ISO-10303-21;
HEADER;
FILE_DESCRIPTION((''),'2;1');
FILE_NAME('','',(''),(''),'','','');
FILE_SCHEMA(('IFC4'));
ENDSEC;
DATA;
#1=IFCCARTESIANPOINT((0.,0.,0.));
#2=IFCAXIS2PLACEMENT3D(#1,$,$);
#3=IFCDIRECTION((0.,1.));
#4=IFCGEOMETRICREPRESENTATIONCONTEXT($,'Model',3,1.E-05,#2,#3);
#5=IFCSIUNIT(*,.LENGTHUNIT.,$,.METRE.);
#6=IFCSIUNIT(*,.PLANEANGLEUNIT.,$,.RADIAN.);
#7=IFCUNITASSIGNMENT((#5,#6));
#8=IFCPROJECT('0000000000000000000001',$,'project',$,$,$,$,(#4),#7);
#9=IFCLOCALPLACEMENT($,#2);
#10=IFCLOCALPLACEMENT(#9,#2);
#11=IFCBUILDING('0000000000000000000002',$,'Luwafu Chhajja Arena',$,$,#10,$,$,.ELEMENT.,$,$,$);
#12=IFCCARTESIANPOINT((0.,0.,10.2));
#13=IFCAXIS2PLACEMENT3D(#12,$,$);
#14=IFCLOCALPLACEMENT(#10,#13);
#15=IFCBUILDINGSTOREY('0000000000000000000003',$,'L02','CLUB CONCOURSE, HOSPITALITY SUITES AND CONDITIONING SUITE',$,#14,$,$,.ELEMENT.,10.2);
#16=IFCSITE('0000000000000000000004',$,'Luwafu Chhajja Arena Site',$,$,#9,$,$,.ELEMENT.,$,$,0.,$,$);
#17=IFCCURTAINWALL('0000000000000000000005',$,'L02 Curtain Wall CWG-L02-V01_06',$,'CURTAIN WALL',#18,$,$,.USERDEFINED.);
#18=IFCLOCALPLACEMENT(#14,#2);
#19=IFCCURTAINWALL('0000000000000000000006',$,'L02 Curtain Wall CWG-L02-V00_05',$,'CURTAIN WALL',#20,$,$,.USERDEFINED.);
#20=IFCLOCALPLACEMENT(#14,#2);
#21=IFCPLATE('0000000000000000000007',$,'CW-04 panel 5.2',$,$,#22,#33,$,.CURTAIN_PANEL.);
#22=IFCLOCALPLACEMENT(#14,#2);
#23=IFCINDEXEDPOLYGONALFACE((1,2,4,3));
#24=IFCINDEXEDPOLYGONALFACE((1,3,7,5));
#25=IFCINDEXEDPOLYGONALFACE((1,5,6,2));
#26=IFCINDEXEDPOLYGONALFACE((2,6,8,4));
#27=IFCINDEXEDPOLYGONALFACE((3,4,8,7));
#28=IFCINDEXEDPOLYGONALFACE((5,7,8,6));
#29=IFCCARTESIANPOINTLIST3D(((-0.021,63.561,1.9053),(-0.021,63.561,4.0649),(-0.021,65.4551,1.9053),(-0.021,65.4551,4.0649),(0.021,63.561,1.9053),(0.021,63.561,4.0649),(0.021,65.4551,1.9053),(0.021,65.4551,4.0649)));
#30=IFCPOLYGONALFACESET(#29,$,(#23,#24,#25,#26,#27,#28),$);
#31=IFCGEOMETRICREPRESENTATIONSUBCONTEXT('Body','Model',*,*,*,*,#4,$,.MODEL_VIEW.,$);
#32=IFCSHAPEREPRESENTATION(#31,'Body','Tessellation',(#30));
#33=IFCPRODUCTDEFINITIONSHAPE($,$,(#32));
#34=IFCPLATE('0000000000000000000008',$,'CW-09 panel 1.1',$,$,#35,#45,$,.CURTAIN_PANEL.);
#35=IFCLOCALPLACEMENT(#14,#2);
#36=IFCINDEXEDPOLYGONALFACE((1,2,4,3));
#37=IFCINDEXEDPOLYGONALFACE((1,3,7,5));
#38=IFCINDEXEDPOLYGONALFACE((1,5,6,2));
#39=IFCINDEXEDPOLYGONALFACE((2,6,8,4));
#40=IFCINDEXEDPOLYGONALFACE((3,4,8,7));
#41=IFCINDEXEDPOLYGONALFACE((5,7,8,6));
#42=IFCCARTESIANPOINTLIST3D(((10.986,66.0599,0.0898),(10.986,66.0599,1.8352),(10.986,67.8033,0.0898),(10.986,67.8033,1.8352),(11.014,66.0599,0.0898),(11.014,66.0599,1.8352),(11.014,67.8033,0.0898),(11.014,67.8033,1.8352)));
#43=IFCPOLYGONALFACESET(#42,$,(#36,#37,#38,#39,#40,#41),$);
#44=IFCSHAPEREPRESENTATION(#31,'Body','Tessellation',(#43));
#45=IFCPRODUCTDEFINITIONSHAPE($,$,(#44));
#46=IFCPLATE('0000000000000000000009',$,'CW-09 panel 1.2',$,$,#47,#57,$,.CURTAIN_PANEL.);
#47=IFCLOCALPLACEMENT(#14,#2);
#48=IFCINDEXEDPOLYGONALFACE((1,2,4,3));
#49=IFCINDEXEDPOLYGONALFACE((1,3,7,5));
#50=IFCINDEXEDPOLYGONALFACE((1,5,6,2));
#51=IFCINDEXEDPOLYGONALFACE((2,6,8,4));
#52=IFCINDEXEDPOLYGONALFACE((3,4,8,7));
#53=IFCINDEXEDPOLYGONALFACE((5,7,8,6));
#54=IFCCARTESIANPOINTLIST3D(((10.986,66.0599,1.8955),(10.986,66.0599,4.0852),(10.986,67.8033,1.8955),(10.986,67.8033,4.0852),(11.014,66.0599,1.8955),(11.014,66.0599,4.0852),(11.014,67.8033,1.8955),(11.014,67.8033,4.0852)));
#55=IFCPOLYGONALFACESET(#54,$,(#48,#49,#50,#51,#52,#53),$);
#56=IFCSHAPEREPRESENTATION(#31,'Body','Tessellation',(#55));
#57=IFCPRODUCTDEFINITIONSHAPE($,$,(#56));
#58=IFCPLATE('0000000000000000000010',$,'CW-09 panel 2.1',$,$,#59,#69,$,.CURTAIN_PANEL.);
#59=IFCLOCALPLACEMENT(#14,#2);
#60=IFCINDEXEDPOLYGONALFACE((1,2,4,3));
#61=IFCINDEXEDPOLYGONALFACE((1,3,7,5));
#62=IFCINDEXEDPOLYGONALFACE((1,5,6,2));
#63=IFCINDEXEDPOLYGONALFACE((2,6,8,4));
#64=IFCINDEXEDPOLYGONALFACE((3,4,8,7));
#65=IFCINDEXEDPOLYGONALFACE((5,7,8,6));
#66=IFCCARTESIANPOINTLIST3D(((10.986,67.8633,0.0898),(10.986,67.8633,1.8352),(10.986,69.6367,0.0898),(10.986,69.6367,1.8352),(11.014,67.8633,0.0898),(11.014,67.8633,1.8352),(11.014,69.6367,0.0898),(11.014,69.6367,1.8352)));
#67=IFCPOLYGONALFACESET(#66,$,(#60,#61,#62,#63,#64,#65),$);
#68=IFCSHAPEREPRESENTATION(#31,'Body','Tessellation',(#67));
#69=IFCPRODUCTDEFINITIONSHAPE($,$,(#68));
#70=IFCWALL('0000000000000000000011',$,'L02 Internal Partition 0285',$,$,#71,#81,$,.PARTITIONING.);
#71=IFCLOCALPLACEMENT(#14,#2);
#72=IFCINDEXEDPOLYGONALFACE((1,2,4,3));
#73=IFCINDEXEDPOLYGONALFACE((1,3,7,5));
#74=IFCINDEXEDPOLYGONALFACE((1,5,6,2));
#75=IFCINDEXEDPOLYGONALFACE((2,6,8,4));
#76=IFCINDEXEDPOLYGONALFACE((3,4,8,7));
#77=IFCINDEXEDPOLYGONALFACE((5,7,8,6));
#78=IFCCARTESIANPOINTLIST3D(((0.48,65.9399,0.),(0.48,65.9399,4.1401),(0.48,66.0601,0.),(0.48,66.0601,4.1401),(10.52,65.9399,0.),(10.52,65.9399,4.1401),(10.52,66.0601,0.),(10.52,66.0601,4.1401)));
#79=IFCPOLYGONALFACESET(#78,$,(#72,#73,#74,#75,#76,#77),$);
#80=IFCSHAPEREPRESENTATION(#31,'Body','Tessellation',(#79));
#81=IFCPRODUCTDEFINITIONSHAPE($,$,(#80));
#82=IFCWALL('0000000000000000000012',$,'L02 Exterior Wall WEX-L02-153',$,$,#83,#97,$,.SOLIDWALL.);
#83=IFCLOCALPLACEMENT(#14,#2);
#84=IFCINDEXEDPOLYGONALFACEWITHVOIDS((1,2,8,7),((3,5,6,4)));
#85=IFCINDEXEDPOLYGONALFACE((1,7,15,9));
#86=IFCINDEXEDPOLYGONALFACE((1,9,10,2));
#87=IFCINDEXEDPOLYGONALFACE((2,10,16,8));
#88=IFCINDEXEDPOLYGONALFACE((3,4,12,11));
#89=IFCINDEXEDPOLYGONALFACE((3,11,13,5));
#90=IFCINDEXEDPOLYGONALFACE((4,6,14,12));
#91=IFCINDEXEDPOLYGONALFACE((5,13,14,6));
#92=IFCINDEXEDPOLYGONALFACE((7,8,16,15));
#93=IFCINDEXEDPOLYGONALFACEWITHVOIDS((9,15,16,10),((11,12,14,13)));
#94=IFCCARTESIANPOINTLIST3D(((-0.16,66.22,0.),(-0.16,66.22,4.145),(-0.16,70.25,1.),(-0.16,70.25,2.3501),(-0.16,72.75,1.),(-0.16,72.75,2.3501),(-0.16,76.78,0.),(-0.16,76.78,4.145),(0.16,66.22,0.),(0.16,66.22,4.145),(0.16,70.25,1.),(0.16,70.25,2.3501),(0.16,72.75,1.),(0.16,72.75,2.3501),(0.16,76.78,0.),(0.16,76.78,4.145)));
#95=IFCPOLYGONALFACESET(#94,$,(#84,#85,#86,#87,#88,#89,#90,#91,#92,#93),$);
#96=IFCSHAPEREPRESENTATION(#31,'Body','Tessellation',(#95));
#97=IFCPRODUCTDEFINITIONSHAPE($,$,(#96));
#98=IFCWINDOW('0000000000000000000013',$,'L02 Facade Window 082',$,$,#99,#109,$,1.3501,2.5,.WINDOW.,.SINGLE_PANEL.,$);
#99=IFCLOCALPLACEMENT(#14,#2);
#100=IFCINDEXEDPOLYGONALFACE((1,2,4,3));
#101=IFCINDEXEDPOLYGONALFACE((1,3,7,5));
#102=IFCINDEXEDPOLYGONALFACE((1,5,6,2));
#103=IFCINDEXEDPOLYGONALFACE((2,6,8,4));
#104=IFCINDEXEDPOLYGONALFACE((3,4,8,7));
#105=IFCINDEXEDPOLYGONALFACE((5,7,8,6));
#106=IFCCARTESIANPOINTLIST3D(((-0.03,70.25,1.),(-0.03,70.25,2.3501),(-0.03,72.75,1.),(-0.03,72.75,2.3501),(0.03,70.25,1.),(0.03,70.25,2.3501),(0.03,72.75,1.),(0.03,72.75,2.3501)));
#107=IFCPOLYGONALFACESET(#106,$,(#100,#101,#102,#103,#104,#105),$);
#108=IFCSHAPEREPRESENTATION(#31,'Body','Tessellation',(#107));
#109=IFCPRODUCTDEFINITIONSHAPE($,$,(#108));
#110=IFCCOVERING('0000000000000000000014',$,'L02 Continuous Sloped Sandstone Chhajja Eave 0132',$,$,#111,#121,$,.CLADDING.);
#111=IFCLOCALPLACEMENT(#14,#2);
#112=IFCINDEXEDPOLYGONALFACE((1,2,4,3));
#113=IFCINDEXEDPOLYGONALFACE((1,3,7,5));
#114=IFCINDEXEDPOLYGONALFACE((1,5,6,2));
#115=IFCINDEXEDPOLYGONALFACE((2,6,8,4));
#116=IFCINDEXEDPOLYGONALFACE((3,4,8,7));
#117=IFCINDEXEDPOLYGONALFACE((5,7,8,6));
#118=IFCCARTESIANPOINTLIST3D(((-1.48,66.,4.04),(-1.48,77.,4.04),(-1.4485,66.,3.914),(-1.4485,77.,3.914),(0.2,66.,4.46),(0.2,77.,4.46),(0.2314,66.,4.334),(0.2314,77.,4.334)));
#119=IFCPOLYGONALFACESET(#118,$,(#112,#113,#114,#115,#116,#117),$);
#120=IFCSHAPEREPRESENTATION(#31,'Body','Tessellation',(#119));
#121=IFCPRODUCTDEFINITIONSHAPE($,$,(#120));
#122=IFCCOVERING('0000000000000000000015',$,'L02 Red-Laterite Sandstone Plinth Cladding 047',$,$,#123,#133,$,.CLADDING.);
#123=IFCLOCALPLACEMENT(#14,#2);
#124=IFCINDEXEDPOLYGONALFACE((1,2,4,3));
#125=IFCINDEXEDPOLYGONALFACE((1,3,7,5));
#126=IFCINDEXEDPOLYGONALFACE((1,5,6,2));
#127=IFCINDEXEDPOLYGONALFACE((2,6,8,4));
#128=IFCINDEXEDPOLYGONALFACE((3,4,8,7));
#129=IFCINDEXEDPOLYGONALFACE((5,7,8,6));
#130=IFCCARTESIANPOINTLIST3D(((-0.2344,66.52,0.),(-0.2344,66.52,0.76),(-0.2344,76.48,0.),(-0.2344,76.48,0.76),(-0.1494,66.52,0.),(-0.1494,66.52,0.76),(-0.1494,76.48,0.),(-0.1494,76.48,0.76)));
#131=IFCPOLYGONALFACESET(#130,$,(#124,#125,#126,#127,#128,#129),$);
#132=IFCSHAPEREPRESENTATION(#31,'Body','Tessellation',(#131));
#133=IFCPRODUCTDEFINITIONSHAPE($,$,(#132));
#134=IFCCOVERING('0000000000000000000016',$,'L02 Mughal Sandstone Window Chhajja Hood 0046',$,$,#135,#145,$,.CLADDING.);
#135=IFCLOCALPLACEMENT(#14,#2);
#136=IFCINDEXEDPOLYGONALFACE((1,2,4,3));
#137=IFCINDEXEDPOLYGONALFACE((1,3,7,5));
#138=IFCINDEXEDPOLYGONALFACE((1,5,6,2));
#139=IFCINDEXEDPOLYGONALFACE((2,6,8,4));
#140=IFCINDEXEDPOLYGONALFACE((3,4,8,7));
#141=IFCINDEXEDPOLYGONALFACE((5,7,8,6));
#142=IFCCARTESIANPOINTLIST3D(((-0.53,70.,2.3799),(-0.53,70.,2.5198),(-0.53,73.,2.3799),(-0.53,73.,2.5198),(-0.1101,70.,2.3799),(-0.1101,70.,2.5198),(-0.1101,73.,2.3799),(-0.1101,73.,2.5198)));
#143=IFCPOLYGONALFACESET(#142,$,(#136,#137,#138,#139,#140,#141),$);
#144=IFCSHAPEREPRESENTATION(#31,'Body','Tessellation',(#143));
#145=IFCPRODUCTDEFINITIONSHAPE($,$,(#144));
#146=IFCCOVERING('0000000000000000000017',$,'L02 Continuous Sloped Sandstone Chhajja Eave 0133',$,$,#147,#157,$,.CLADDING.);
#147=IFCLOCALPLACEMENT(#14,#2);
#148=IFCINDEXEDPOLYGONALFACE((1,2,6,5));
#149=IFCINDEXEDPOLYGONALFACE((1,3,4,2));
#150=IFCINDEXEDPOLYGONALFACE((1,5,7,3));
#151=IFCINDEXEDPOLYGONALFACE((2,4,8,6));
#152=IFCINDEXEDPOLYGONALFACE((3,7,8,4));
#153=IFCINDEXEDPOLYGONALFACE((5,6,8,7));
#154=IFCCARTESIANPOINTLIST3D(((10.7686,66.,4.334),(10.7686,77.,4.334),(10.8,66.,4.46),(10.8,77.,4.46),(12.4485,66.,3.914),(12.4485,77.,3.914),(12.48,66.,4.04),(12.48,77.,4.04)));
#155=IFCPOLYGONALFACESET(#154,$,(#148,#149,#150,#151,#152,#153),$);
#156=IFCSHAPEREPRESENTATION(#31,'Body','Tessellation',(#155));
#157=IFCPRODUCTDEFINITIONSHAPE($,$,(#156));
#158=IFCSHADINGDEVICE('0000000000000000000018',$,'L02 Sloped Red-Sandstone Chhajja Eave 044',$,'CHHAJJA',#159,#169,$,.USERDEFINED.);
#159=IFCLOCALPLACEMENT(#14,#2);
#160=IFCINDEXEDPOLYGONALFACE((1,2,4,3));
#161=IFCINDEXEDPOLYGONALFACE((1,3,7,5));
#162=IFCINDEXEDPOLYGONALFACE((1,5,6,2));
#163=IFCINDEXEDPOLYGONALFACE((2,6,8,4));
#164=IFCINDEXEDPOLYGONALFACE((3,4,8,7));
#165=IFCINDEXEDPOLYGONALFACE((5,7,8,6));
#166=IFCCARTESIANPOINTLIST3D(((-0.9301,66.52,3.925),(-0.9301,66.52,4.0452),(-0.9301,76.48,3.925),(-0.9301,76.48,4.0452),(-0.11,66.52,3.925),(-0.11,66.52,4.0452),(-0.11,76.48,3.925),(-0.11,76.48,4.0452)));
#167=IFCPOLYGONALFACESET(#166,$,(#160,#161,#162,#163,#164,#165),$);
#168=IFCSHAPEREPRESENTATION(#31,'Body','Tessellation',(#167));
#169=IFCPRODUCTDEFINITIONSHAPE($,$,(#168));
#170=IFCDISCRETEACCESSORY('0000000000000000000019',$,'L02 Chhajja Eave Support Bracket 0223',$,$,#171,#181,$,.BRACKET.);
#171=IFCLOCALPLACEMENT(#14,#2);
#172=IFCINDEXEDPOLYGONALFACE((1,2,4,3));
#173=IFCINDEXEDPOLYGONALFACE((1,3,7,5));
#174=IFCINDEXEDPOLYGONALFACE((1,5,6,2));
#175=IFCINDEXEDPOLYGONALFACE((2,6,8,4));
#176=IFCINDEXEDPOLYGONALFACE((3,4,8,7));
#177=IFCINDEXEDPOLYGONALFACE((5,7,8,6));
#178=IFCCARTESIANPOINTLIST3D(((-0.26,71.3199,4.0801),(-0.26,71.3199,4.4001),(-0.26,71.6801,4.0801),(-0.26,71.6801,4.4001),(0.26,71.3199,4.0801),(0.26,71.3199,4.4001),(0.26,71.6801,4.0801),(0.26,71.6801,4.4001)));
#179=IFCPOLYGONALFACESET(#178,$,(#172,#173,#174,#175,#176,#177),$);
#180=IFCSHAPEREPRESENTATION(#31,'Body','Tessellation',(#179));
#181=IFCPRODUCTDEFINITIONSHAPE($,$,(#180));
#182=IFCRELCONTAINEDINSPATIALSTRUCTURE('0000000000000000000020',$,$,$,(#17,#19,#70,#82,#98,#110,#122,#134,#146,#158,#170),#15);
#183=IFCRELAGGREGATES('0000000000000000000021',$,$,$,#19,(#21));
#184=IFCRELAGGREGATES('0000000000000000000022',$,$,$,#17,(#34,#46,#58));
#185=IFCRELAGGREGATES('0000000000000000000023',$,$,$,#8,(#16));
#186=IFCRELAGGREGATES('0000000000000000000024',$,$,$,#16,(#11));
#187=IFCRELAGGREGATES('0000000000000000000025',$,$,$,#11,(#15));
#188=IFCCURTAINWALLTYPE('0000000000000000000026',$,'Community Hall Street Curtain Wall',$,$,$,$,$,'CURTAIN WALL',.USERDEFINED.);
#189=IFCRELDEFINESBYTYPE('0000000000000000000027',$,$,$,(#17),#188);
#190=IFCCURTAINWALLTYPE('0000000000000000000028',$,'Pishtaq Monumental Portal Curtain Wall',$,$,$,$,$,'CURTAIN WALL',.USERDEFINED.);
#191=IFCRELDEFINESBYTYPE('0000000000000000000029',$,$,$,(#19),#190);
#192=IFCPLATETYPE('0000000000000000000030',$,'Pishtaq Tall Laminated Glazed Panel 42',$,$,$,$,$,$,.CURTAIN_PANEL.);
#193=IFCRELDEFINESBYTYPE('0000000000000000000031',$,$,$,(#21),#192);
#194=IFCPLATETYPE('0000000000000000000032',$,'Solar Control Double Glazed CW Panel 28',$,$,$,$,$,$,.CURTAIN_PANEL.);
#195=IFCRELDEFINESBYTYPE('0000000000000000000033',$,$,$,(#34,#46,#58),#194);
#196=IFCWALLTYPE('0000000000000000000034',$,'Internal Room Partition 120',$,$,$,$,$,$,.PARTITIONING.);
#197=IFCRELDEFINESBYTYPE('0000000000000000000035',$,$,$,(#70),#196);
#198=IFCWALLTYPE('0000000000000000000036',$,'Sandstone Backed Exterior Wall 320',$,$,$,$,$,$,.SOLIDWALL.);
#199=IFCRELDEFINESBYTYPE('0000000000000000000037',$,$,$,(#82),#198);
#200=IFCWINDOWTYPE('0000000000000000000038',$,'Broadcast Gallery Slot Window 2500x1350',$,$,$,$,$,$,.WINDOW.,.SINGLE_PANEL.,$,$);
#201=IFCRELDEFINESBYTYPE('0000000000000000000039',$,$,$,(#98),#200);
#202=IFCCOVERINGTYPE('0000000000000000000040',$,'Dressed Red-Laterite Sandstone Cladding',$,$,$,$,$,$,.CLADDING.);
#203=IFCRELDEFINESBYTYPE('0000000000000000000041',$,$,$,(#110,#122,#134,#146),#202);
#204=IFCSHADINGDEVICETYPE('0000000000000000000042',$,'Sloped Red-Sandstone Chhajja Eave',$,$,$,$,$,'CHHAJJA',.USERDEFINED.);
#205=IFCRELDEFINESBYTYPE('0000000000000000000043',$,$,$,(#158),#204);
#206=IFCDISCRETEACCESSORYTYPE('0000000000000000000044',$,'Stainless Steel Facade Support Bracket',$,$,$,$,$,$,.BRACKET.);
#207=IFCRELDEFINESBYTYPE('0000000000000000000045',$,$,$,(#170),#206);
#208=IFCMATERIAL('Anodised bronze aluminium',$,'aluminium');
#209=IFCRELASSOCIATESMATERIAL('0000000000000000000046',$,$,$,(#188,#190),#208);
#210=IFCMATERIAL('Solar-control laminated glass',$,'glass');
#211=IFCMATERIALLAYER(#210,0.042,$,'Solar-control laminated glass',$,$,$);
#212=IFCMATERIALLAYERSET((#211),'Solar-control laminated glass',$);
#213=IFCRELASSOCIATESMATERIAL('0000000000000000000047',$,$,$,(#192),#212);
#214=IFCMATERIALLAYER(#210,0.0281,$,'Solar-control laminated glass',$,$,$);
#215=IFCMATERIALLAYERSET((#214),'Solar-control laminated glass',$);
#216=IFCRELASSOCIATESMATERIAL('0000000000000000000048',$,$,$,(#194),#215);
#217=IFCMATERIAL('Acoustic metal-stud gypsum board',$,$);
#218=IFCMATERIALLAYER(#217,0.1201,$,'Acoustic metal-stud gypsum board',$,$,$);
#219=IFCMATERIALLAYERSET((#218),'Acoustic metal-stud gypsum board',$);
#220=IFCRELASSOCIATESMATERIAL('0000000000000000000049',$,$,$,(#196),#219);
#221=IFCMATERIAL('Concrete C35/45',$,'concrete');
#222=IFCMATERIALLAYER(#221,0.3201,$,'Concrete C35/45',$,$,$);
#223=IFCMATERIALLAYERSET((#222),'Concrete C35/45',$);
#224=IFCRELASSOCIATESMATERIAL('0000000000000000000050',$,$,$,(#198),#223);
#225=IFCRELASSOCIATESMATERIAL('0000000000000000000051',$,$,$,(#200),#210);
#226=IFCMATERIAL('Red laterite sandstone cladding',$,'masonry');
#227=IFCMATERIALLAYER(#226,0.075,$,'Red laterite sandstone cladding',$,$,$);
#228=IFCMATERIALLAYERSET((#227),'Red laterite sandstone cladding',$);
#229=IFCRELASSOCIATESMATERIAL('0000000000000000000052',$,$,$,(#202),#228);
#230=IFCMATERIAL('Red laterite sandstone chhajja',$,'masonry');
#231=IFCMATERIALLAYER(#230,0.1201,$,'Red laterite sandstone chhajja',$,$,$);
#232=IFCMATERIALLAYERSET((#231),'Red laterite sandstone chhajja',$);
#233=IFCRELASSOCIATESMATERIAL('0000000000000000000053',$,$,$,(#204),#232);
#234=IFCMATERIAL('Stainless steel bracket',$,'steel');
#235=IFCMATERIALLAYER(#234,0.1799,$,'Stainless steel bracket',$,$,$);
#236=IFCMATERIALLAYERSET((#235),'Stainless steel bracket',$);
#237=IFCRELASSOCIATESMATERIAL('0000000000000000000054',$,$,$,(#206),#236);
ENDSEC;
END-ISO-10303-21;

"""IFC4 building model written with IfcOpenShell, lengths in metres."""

from ifc_helpers import new_model, si_unit, direction, frame, frame_2d, origin, origin_2d, place, context, subcontext, project, spatial, polyline, rectangle, outline, extrude, material, layer, layer_set, type_object, element, fill, aggregate, save


model = new_model("IFC4")

# Units and contexts
model_context = context("Model", 3, precision=1e-05, world=origin(), true_north=direction((0.0, 1.0)))
body_context = subcontext(model_context, "Body", "Model", "MODEL_VIEW")
ifc_project = project(units=[si_unit("LENGTHUNIT", "METRE"), si_unit("PLANEANGLEUNIT", "RADIAN")], contexts=[model_context])

# Site, building, storey
site_placement = place(None, origin())
site = spatial("IfcSite", under=ifc_project, at=site_placement, Name="Luwafu Chhajja Arena Site", CompositionType="ELEMENT", RefElevation=0.0)
building_placement = place(site_placement, origin())
building = spatial("IfcBuilding", under=site, at=building_placement, Name="Luwafu Chhajja Arena", CompositionType="ELEMENT")
storey_placement = place(building_placement, frame((0.0, 0.0, 10.2)))
storey = spatial("IfcBuildingStorey", under=building, at=storey_placement, Name="L02", Description="CLUB CONCOURSE, HOSPITALITY SUITES AND CONDITIONING SUITE", CompositionType="ELEMENT", Elevation=10.2)

# Shared definitions
ifc_material_1 = material(Name="Concrete C35/45", Category="concrete")

# Curtain walls
ifc_material_2 = material(Name="Anodised bronze aluminium", Category="aluminium")
curtain_wall_type_1 = type_object("IfcCurtainWallType", Name="Community Hall Street Curtain Wall", ElementType="CURTAIN WALL", PredefinedType="USERDEFINED", material=ifc_material_2)
curtain_wall_1_placement = place(storey_placement, origin())
curtain_wall_1 = element("IfcCurtainWall", 1, at=curtain_wall_1_placement, inside=storey, type_object=curtain_wall_type_1, Name="L02 Curtain Wall CWG-L02-V01_06", ObjectType="CURTAIN WALL", PredefinedType="USERDEFINED")
curtain_wall_type_2 = type_object("IfcCurtainWallType", Name="Pishtaq Monumental Portal Curtain Wall", ElementType="CURTAIN WALL", PredefinedType="USERDEFINED", material=ifc_material_2)
curtain_wall_2_placement = place(storey_placement, origin())
curtain_wall_2 = element("IfcCurtainWall", 2, at=curtain_wall_2_placement, inside=storey, type_object=curtain_wall_type_2, Name="L02 Curtain Wall CWG-L02-V00_05", ObjectType="CURTAIN WALL", PredefinedType="USERDEFINED")

# Plates
ifc_material_3 = material(Name="Solar-control laminated glass", Category="glass")
ifc_layer_1 = layer(ifc_material_3, 0.042, Name="Solar-control laminated glass")
ifc_layer_set_1 = layer_set([ifc_layer_1], Name="Solar-control laminated glass")
plate_type_1 = type_object("IfcPlateType", Name="Pishtaq Tall Laminated Glazed Panel 42", PredefinedType="CURTAIN_PANEL", material=ifc_layer_set_1)
plate_1_placement = place(storey_placement, frame((0.0, 64.5081, 1.9053), z_axis=(0.0, 0.0, 1.0), x_axis=(0.0, 1.0, 0.0)))
plate_1 = element("IfcPlate", 3, at=plate_1_placement, type_object=plate_type_1, Name="CW-04 panel 5.2", PredefinedType="CURTAIN_PANEL", context=body_context, shape_type="SweptSolid", body=[
    extrude(rectangle(XDim=1.894, YDim=0.042, at=origin_2d()), origin(), (0.0, 0.0, 1.0), 2.1597),
])
aggregate(curtain_wall_2, [plate_1])
ifc_layer_2 = layer(ifc_material_3, 0.0281, Name="Solar-control laminated glass")
ifc_layer_set_2 = layer_set([ifc_layer_2], Name="Solar-control laminated glass")
plate_type_2 = type_object("IfcPlateType", Name="Solar Control Double Glazed CW Panel 28", PredefinedType="CURTAIN_PANEL", material=ifc_layer_set_2)
plate_2_placement = place(storey_placement, frame((11.0, 66.9316, 0.0898), z_axis=(0.0, 0.0, 1.0), x_axis=(0.0, 1.0, 0.0)))
plate_2 = element("IfcPlate", 4, at=plate_2_placement, type_object=plate_type_2, Name="CW-09 panel 1.1", PredefinedType="CURTAIN_PANEL", context=body_context, shape_type="SweptSolid", body=[
    extrude(rectangle(XDim=1.7434, YDim=0.0281, at=origin_2d()), origin(), (0.0, 0.0, 1.0), 1.7454),
])
plate_3_placement = place(storey_placement, frame((11.0, 66.9316, 1.8955), z_axis=(0.0, 0.0, 1.0), x_axis=(0.0, 1.0, 0.0)))
plate_3 = element("IfcPlate", 5, at=plate_3_placement, type_object=plate_type_2, Name="CW-09 panel 1.2", PredefinedType="CURTAIN_PANEL", context=body_context, shape_type="SweptSolid", body=[
    extrude(rectangle(XDim=1.7434, YDim=0.0281, at=origin_2d()), origin(), (0.0, 0.0, 1.0), 2.1897),
])
plate_4_placement = place(storey_placement, frame((11.0, 68.75, 0.0898), z_axis=(0.0, 0.0, 1.0), x_axis=(0.0, 1.0, 0.0)))
plate_4 = element("IfcPlate", 6, at=plate_4_placement, type_object=plate_type_2, Name="CW-09 panel 2.1", PredefinedType="CURTAIN_PANEL", context=body_context, shape_type="SweptSolid", body=[
    extrude(rectangle(XDim=1.7734, YDim=0.0281, at=origin_2d()), origin(), (0.0, 0.0, 1.0), 1.7454),
])
aggregate(curtain_wall_1, [plate_2, plate_3, plate_4])

# Wall
ifc_material_4 = material(Name="Acoustic metal-stud gypsum board")
ifc_layer_3 = layer(ifc_material_4, 0.1201, Name="Acoustic metal-stud gypsum board")
ifc_layer_set_3 = layer_set([ifc_layer_3], Name="Acoustic metal-stud gypsum board")
wall_type_1 = type_object("IfcWallType", Name="Internal Room Partition 120", PredefinedType="PARTITIONING", material=ifc_layer_set_3)
wall_1_placement = place(storey_placement, frame((0.48, 66.0, 0.0), z_axis=(0.0, 0.0, 1.0), x_axis=(1.0, 0.0, 0.0)))
element("IfcWall", 7, at=wall_1_placement, inside=storey, type_object=wall_type_1, Name="L02 Internal Partition 0285", PredefinedType="PARTITIONING", context=body_context, shape_type="SweptSolid", body=[
    extrude(rectangle(XDim=10.04, YDim=0.1201, at=frame_2d((5.02, 0.0))), origin(), (0.0, 0.0, 1.0), 4.1401),
])

# Wall, opening, window
ifc_layer_4 = layer(ifc_material_1, 0.3201, Name="Concrete C35/45")
ifc_layer_set_4 = layer_set([ifc_layer_4], Name="Concrete C35/45")
wall_type_2 = type_object("IfcWallType", Name="Sandstone Backed Exterior Wall 320", PredefinedType="SOLIDWALL", material=ifc_layer_set_4)
wall_2_placement = place(storey_placement, frame((0.0, 66.22, 0.0), z_axis=(0.0, 0.0, 1.0), x_axis=(0.0, 1.0, 0.0)))
wall_2 = element("IfcWall", 8, at=wall_2_placement, inside=storey, type_object=wall_type_2, Name="L02 Exterior Wall WEX-L02-153", PredefinedType="SOLIDWALL", context=body_context, shape_type="SweptSolid", body=[
    extrude(rectangle(XDim=10.5601, YDim=0.3201, at=frame_2d((5.28, 0.0))), origin(), (0.0, 0.0, 1.0), 4.145),
])
opening_placement = place(wall_2_placement, frame((4.03, 0.0, 1.0)))
opening = element("IfcOpeningElement", 9, at=opening_placement, cuts=wall_2, PredefinedType="OPENING", context=body_context, shape_type="SweptSolid", body=[
    extrude(rectangle(XDim=2.5, YDim=1.3501, at=frame_2d((1.25, 0.675))), frame((0.0, 0.1699, 0.0), z_axis=(0.0, -1.0, 0.0), x_axis=(1.0, 0.0, 0.0)), (0.0, 0.0, 1.0), 0.3401),
])
window_type = type_object("IfcWindowType", Name="Broadcast Gallery Slot Window 2500x1350", PartitioningType="SINGLE_PANEL", PredefinedType="WINDOW", material=ifc_material_3)
window_placement = place(opening_placement, origin())
window = element("IfcWindow", 10, at=window_placement, inside=storey, type_object=window_type, Name="L02 Facade Window 082", OverallHeight=1.3501, OverallWidth=2.5, PartitioningType="SINGLE_PANEL", PredefinedType="WINDOW", context=body_context, shape_type="SweptSolid", body=[
    extrude(rectangle(XDim=2.5, YDim=1.3501, at=frame_2d((1.25, 0.675))), frame((0.0, 0.03, 0.0), z_axis=(0.0, -1.0, 0.0), x_axis=(1.0, 0.0, 0.0)), (0.0, 0.0, 1.0), 0.0601),
])
fill(opening, window)

# Coverings
ifc_material_5 = material(Name="Red laterite sandstone cladding", Category="masonry")
ifc_layer_5 = layer(ifc_material_5, 0.075, Name="Red laterite sandstone cladding")
ifc_layer_set_5 = layer_set([ifc_layer_5], Name="Red laterite sandstone cladding")
covering_type = type_object("IfcCoveringType", Name="Dressed Red-Laterite Sandstone Cladding", PredefinedType="CLADDING", material=ifc_layer_set_5)
covering_1_placement = place(storey_placement, frame((0.2, 66.0, 4.46), z_axis=(-0.242502, 0.0, 0.970151), x_axis=(0.0, 1.0, 0.0)))
element("IfcCovering", 11, at=covering_1_placement, inside=storey, type_object=covering_type, Name="L02 Continuous Sloped Sandstone Chhajja Eave 0132", PredefinedType="CLADDING", context=body_context, shape_type="SweptSolid", body=[
    extrude(outline(polyline([(0.0, 0.0), (11.0, 0.0), (11.0, 1.7316), (0.0, 1.7316), (0.0, 0.0)])), origin(), (0.0, 0.0, -1.0), 0.1299),
])
covering_2_placement = place(storey_placement, frame((-0.1919, 71.5, 0.0), z_axis=(0.0, 0.0, 1.0), x_axis=(0.0, 1.0, 0.0)))
element("IfcCovering", 12, at=covering_2_placement, inside=storey, type_object=covering_type, Name="L02 Red-Laterite Sandstone Plinth Cladding 047", PredefinedType="CLADDING", context=body_context, shape_type="SweptSolid", body=[
    extrude(rectangle(XDim=9.96, YDim=0.085, at=origin_2d()), origin(), (0.0, 0.0, 1.0), 0.76),
])
covering_3_placement = place(storey_placement, frame((-0.3201, 71.5, 2.3799), z_axis=(0.0, 0.0, 1.0), x_axis=(0.0, 1.0, 0.0)))
element("IfcCovering", 13, at=covering_3_placement, inside=storey, type_object=covering_type, Name="L02 Mughal Sandstone Window Chhajja Hood 0046", PredefinedType="CLADDING", context=body_context, shape_type="SweptSolid", body=[
    extrude(rectangle(XDim=3.0, YDim=0.4199, at=origin_2d()), origin(), (0.0, 0.0, 1.0), 0.1399),
])
covering_4_placement = place(storey_placement, frame((10.8, 66.0, 4.46), z_axis=(0.242502, 0.0, 0.970151), x_axis=(0.0, 1.0, 0.0)))
element("IfcCovering", 14, at=covering_4_placement, inside=storey, type_object=covering_type, Name="L02 Continuous Sloped Sandstone Chhajja Eave 0133", PredefinedType="CLADDING", context=body_context, shape_type="SweptSolid", body=[
    extrude(outline(polyline([(0.0, 0.0), (11.0, 0.0), (11.0, -1.7316), (0.0, -1.7316), (0.0, 0.0)])), origin(), (0.0, 0.0, -1.0), 0.1299),
])

# Shading device
ifc_material_6 = material(Name="Red laterite sandstone chhajja", Category="masonry")
ifc_layer_6 = layer(ifc_material_6, 0.1201, Name="Red laterite sandstone chhajja")
ifc_layer_set_6 = layer_set([ifc_layer_6], Name="Red laterite sandstone chhajja")
shading_device_type = type_object("IfcShadingDeviceType", Name="Sloped Red-Sandstone Chhajja Eave", ElementType="CHHAJJA", PredefinedType="USERDEFINED", material=ifc_layer_set_6)
shading_device_placement = place(storey_placement, frame((-0.52, 71.5, 3.925), z_axis=(0.0, 0.0, 1.0), x_axis=(0.0, 1.0, 0.0)))
element("IfcShadingDevice", 15, at=shading_device_placement, inside=storey, type_object=shading_device_type, Name="L02 Sloped Red-Sandstone Chhajja Eave 044", ObjectType="CHHAJJA", PredefinedType="USERDEFINED", context=body_context, shape_type="SweptSolid", body=[
    extrude(rectangle(XDim=9.96, YDim=0.8201, at=origin_2d()), origin(), (0.0, 0.0, 1.0), 0.1201),
])

# Discrete accessory
ifc_material_7 = material(Name="Stainless steel bracket", Category="steel")
ifc_layer_7 = layer(ifc_material_7, 0.1799, Name="Stainless steel bracket")
ifc_layer_set_7 = layer_set([ifc_layer_7], Name="Stainless steel bracket")
discrete_accessory_type = type_object("IfcDiscreteAccessoryType", Name="Stainless Steel Facade Support Bracket", PredefinedType="BRACKET", material=ifc_layer_set_7)
discrete_accessory_placement = place(storey_placement, frame((0.0, 71.5, 4.0801), z_axis=(0.0, 0.0, 1.0), x_axis=(0.0, 1.0, 0.0)))
element("IfcDiscreteAccessory", 16, at=discrete_accessory_placement, inside=storey, type_object=discrete_accessory_type, Name="L02 Chhajja Eave Support Bracket 0223", PredefinedType="BRACKET", context=body_context, shape_type="SweptSolid", body=[
    extrude(rectangle(XDim=0.3601, YDim=0.52, at=origin_2d()), origin(), (0.0, 0.0, 1.0), 0.3201),
])

save(model, "model.ifc")
